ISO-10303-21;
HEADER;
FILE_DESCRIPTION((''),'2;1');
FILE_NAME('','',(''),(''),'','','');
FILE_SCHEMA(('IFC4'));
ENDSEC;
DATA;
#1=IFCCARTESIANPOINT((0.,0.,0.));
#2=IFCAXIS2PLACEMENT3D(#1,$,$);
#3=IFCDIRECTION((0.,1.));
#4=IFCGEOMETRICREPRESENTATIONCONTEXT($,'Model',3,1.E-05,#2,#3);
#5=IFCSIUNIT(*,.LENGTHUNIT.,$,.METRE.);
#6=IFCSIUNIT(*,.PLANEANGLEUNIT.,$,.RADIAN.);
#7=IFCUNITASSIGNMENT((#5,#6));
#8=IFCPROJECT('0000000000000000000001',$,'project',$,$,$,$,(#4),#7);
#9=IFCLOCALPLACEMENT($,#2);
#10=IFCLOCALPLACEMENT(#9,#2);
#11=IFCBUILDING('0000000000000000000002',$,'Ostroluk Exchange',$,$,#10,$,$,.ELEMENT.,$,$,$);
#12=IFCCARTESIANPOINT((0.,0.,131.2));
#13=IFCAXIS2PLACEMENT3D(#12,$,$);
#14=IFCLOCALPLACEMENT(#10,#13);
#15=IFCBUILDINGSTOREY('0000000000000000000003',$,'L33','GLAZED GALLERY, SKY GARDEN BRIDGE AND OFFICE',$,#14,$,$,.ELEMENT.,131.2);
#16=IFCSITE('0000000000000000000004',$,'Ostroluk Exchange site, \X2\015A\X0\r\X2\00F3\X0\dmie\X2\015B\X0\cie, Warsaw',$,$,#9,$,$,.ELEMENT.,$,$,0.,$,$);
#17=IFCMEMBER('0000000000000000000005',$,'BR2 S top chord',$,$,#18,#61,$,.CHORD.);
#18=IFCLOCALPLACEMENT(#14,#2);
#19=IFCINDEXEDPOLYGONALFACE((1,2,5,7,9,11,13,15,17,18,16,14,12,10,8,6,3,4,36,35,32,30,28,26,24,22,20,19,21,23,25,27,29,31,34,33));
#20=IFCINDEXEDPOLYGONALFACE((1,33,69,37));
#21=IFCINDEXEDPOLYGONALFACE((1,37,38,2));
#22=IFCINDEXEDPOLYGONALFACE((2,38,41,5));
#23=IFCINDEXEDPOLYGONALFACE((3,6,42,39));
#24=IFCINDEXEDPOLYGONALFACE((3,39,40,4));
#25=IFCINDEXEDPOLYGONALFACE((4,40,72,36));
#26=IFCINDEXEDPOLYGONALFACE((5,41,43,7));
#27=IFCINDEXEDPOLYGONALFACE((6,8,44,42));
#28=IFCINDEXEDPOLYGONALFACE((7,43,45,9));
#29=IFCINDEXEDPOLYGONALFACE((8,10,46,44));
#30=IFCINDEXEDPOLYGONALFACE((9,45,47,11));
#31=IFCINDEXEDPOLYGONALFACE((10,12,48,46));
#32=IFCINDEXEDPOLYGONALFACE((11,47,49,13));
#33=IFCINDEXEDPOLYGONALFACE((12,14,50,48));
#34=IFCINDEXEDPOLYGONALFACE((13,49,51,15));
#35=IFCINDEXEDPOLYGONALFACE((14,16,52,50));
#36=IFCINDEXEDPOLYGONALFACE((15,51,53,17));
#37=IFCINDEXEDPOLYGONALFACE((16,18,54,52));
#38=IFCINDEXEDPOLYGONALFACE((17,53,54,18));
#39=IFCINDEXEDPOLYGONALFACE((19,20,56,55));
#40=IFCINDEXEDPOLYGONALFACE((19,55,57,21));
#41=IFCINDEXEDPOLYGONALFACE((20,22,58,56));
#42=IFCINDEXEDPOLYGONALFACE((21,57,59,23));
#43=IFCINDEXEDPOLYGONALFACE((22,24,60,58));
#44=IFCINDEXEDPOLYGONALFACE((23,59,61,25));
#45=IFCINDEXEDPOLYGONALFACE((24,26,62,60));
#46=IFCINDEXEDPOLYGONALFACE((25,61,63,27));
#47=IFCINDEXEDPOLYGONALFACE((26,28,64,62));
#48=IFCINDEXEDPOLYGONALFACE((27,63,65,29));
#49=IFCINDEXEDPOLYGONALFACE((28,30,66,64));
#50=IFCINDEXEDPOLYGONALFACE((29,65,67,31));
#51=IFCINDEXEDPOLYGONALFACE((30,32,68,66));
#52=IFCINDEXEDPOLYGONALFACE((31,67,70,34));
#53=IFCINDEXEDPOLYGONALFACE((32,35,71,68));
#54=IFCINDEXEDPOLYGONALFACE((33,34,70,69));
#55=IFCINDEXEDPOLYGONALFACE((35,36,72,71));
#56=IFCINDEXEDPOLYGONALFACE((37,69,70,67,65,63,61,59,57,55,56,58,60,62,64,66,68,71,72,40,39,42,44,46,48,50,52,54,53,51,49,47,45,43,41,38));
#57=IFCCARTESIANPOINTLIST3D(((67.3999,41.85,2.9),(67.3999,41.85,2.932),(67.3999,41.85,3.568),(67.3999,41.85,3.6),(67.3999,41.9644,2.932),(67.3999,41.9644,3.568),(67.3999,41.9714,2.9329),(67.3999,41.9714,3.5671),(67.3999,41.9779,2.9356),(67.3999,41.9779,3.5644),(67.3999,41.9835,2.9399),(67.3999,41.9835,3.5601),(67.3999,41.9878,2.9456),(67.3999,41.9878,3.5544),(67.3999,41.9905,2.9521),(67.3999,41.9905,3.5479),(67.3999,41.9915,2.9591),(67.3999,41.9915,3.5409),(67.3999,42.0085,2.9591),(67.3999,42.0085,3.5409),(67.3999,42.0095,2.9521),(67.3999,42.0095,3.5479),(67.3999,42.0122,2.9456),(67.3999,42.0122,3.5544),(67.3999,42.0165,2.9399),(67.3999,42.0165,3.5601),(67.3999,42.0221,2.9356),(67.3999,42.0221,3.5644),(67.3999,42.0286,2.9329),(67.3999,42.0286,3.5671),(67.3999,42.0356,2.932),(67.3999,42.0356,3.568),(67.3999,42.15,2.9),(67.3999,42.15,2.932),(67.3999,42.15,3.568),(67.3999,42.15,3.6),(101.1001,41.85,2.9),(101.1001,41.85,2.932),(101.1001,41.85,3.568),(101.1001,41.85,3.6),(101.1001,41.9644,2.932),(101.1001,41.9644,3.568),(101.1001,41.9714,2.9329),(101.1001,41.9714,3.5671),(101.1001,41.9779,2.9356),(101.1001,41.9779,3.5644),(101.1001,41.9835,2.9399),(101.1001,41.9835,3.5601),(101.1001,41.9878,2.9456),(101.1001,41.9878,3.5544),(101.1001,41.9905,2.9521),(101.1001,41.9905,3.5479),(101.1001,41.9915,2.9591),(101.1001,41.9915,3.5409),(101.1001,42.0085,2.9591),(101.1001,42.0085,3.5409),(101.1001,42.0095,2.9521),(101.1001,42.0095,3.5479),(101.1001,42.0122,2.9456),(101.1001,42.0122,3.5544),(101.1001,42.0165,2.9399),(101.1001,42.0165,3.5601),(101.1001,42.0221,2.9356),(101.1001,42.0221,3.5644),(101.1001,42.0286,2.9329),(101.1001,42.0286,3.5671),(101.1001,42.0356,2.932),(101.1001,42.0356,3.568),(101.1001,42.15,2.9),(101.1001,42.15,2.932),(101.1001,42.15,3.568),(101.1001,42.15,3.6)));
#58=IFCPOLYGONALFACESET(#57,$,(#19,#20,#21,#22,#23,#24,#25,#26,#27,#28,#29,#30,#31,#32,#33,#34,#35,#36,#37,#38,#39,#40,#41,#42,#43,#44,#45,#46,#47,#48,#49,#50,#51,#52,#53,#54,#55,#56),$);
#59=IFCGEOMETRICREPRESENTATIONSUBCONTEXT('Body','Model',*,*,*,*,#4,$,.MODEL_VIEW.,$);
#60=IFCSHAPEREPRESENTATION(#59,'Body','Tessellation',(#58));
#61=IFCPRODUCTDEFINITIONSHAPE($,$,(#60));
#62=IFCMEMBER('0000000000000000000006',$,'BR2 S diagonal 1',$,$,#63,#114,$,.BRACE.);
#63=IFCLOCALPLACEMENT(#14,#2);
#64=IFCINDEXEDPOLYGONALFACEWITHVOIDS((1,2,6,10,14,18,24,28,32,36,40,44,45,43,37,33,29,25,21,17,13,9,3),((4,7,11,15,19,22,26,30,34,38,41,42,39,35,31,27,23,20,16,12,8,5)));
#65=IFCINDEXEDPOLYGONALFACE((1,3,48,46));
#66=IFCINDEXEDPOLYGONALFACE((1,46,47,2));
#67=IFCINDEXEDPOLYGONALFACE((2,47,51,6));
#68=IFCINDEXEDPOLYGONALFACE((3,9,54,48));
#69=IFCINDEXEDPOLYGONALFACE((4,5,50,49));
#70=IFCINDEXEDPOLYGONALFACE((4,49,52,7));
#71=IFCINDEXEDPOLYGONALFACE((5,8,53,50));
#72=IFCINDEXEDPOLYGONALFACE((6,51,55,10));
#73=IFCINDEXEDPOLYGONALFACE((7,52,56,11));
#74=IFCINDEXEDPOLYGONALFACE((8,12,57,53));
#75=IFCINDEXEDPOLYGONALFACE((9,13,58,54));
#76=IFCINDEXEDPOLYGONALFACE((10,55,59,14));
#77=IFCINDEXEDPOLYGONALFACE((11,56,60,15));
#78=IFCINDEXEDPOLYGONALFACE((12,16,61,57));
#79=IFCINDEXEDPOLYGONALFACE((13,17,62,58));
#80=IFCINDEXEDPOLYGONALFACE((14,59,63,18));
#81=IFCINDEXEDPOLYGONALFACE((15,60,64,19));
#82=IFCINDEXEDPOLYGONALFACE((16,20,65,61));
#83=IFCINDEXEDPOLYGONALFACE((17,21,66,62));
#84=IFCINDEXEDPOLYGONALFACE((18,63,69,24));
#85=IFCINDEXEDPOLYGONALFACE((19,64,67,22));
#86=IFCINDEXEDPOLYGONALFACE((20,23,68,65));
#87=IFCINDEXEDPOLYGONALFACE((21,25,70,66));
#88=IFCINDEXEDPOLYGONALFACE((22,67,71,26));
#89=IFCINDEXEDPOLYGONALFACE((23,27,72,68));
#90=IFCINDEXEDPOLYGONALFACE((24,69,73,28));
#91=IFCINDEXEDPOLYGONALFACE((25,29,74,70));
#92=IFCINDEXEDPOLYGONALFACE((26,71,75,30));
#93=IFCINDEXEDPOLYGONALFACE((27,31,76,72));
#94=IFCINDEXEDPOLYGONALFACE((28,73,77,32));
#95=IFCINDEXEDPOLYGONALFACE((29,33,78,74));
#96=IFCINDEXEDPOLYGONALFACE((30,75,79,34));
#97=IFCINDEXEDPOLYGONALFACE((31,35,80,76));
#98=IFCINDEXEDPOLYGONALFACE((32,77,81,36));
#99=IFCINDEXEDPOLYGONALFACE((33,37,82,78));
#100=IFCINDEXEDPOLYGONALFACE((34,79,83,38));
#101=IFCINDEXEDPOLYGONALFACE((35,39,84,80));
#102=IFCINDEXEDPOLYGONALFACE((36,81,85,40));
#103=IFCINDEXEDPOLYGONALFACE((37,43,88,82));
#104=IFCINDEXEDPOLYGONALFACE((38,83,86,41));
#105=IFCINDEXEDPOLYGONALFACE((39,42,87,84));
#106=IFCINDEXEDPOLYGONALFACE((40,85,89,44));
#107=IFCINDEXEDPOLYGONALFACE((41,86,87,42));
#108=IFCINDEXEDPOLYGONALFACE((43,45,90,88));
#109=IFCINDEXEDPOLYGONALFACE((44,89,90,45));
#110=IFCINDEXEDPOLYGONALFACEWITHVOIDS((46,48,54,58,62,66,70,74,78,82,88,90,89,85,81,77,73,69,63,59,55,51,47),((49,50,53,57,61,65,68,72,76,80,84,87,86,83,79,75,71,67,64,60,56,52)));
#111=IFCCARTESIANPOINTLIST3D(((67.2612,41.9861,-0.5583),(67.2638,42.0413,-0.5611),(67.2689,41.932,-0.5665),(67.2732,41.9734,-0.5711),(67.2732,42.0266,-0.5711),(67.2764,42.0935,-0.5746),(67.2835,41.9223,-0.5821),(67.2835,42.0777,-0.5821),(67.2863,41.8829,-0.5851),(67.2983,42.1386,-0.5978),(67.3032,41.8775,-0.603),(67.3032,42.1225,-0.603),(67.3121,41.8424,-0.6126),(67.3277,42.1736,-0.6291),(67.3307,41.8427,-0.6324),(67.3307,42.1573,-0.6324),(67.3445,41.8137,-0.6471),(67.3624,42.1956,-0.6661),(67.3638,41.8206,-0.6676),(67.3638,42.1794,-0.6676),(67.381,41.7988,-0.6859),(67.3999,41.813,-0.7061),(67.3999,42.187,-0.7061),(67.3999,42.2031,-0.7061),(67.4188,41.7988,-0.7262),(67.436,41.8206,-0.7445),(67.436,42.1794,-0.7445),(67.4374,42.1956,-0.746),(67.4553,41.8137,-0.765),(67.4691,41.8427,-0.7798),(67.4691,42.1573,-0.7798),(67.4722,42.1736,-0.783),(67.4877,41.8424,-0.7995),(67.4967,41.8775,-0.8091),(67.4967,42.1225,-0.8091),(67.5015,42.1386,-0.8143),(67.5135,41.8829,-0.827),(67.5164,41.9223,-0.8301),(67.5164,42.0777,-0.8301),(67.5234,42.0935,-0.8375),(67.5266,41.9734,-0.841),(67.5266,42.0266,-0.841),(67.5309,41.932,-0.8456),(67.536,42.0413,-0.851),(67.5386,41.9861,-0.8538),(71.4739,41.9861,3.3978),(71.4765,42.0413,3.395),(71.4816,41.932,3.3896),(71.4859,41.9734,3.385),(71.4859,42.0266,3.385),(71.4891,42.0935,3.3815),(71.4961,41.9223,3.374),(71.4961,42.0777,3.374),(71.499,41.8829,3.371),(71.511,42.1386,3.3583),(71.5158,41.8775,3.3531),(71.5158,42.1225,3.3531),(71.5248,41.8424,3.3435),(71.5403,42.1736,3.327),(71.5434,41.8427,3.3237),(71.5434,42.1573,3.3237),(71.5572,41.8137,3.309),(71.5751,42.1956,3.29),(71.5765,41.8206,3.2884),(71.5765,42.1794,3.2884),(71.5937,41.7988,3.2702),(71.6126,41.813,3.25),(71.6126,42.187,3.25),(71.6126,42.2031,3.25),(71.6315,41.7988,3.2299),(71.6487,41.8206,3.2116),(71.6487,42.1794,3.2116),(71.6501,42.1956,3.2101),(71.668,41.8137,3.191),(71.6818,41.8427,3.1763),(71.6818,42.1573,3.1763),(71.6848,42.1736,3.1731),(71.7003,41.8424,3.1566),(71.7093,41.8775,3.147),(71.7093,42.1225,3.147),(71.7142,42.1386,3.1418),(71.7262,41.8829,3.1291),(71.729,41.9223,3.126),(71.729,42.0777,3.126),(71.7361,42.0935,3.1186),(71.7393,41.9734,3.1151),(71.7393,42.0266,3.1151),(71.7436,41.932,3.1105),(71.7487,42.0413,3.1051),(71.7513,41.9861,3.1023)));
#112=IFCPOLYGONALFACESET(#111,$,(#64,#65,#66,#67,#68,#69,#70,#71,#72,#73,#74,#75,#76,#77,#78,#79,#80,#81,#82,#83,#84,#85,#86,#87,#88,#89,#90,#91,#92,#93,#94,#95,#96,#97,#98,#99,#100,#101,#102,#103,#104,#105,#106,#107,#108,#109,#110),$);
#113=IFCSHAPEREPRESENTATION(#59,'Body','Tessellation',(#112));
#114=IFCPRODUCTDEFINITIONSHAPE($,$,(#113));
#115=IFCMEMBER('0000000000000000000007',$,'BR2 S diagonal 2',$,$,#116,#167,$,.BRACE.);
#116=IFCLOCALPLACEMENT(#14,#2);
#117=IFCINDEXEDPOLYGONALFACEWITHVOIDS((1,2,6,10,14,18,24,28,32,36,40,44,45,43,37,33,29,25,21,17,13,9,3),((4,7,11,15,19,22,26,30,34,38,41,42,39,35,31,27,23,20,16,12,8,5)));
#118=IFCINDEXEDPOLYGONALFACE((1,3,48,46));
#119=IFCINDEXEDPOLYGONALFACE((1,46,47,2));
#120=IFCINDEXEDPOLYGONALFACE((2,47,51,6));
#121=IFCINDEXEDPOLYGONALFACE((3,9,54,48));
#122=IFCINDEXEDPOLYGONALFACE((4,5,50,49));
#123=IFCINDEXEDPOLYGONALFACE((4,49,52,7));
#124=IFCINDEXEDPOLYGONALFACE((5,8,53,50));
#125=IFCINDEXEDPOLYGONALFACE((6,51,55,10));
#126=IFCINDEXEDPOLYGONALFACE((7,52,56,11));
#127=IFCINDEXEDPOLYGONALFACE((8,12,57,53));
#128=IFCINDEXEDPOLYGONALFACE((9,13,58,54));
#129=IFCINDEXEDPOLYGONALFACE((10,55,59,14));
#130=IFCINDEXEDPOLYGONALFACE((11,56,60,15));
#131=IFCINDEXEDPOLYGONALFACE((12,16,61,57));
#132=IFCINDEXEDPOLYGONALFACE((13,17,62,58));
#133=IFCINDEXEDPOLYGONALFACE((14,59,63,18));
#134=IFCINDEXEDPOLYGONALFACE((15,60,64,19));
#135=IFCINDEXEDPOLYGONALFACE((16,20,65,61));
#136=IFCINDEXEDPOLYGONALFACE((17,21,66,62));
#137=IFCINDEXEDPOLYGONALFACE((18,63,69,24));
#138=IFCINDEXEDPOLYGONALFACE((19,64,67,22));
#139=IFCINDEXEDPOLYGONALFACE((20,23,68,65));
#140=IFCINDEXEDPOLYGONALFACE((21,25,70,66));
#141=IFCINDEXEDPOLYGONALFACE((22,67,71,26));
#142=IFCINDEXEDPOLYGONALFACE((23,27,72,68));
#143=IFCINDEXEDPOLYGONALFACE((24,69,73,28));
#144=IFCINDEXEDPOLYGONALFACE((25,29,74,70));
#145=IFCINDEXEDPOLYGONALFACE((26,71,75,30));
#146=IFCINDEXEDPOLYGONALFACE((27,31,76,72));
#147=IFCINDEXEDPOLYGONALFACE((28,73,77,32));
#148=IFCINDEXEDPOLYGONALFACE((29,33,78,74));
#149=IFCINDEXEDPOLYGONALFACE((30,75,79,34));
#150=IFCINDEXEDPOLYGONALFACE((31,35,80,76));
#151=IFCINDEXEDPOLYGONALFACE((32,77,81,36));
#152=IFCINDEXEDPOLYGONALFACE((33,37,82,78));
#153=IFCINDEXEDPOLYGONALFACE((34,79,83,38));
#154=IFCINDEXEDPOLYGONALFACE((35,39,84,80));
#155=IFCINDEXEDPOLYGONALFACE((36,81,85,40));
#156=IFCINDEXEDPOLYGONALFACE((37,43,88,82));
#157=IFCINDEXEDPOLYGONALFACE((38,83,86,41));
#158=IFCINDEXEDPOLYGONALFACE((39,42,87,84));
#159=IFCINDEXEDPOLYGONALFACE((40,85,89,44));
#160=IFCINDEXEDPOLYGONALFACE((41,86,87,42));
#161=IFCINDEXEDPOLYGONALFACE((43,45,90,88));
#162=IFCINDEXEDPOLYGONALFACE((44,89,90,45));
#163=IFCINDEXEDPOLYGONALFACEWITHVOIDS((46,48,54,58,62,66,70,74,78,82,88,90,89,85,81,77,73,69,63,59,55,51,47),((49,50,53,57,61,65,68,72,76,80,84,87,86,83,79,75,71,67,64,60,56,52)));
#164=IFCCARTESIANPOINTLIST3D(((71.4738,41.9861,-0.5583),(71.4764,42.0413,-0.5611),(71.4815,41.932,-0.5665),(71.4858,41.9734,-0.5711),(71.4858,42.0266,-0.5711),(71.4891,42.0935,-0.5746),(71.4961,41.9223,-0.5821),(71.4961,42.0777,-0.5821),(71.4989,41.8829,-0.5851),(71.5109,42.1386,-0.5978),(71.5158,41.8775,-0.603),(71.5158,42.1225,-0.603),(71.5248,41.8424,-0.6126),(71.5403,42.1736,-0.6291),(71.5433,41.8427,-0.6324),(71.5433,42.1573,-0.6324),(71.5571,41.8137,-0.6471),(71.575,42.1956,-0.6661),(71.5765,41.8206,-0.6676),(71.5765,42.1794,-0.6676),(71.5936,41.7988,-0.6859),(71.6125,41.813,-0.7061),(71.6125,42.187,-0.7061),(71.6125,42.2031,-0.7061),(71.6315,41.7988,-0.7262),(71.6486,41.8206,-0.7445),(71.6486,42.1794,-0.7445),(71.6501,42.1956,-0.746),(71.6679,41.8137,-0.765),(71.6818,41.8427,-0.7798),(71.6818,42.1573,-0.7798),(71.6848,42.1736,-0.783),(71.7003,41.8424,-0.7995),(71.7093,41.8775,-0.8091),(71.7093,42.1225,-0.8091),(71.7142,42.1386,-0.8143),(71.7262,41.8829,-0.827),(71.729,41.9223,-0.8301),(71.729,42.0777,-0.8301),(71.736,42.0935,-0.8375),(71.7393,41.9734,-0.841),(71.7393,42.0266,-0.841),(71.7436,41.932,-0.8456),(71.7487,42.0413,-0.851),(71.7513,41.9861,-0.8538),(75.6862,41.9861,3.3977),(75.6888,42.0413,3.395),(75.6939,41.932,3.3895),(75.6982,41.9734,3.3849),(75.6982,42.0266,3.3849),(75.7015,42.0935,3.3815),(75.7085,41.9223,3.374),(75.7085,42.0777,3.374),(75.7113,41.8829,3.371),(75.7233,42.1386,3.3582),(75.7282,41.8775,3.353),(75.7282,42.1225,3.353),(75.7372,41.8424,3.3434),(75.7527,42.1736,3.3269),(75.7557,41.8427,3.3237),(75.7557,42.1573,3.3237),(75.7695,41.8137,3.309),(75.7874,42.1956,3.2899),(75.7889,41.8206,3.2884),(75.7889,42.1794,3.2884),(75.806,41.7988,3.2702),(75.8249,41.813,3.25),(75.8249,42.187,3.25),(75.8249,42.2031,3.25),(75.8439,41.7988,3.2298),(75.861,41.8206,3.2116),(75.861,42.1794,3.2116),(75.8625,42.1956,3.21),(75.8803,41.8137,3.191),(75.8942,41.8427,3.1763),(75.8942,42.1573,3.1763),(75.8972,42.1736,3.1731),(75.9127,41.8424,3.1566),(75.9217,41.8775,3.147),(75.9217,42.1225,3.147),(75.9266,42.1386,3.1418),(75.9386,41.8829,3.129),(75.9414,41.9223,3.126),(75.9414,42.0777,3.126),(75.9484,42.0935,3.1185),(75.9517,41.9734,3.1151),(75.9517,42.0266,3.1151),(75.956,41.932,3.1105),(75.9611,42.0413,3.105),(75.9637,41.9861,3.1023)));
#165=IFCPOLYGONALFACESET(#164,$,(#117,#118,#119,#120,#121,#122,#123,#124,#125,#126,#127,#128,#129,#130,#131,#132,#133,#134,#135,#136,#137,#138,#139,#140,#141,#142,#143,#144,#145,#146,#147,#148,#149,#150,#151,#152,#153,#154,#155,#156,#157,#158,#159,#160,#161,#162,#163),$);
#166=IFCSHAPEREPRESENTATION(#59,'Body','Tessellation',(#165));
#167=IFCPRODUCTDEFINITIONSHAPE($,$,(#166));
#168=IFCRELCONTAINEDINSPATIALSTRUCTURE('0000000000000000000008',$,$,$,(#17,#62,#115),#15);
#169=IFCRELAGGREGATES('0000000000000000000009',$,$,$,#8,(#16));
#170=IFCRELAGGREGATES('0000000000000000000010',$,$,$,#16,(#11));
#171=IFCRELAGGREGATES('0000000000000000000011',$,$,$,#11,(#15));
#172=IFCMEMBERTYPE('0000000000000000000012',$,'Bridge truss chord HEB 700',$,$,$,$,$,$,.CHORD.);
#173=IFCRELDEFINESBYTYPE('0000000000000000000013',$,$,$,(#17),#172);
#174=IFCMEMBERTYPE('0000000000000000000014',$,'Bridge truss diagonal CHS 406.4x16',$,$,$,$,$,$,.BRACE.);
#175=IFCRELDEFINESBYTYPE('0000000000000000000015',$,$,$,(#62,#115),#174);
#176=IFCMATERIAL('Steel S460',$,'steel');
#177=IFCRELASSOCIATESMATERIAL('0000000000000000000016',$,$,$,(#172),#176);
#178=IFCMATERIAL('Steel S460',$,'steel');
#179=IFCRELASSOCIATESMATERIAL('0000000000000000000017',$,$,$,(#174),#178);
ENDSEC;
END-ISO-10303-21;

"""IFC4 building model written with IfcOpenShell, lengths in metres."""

from ifc_helpers import new_model, si_unit, direction, frame, origin, origin_2d, place, context, subcontext, project, spatial, hollow_circle, i_section, extrude, material, material_profile, profile_set, type_object, element, save


model = new_model("IFC4")

# Units and contexts
model_context = context("Model", 3, precision=1e-05, world=origin(), true_north=direction((0.0, 1.0)))
body_context = subcontext(model_context, "Body", "Model", "MODEL_VIEW")
ifc_project = project(units=[si_unit("LENGTHUNIT", "METRE"), si_unit("PLANEANGLEUNIT", "RADIAN")], contexts=[model_context])

# Site, building, storey
site_placement = place(None, origin())
site = spatial("IfcSite", under=ifc_project, at=site_placement, Name="Ostroluk Exchange site, Śródmieście, Warsaw", CompositionType="ELEMENT", RefElevation=0.0)
building_placement = place(site_placement, origin())
building = spatial("IfcBuilding", under=site, at=building_placement, Name="Ostroluk Exchange", CompositionType="ELEMENT")
storey_placement = place(building_placement, frame((0.0, 0.0, 131.2)))
storey = spatial("IfcBuildingStorey", under=building, at=storey_placement, Name="L33", Description="GLAZED GALLERY, SKY GARDEN BRIDGE AND OFFICE", CompositionType="ELEMENT", Elevation=131.2)

# Members
ifc_material_1 = material(Name="Steel S460", Category="steel")
ifc_material_profile_1 = material_profile(ifc_material_1, i_section(OverallWidth=0.3, OverallDepth=0.7, WebThickness=0.0171, FlangeThickness=0.032, FilletRadius=0.0271, at=origin_2d()), Name="HEB 700")
ifc_profile_set_1 = profile_set([ifc_material_profile_1], Name="Steel S460")
member_type_1 = type_object("IfcMemberType", Name="Bridge truss chord HEB 700", PredefinedType="CHORD", material=ifc_profile_set_1)
member_1_placement = place(storey_placement, frame((67.3999, 42.0, 3.25), z_axis=(1.0, 0.0, 0.0), x_axis=(0.0, 1.0, 0.0)))
element("IfcMember", 1, at=member_1_placement, inside=storey, type_object=member_type_1, Name="BR2 S top chord", PredefinedType="CHORD", context=body_context, shape_type="SweptSolid", body=[
    extrude(i_section(OverallWidth=0.3, OverallDepth=0.7, WebThickness=0.0171, FlangeThickness=0.032, FilletRadius=0.0271, at=origin_2d()), origin(), (0.0, 0.0, 1.0), 33.7002),
])
ifc_material_2 = material(Name="Steel S460", Category="steel")
ifc_material_profile_2 = material_profile(ifc_material_2, hollow_circle(Radius=0.2031, WallThickness=0.0161, at=origin_2d()), Name="CHS 406.4x16")
ifc_profile_set_2 = profile_set([ifc_material_profile_2], Name="Steel S460")
member_type_2 = type_object("IfcMemberType", Name="Bridge truss diagonal CHS 406.4x16", PredefinedType="BRACE", material=ifc_profile_set_2)
member_2_placement = place(storey_placement, frame((67.3999, 42.0, -0.7061), z_axis=(0.728959, 0.0, 0.684558), x_axis=(0.0, 1.0, 0.0)))
element("IfcMember", 2, at=member_2_placement, inside=storey, type_object=member_type_2, Name="BR2 S diagonal 1", PredefinedType="BRACE", context=body_context, shape_type="SweptSolid", body=[
    extrude(hollow_circle(Radius=0.2031, WallThickness=0.0161, at=origin_2d()), origin(), (0.0, 0.0, 1.0), 5.7791),
])
member_3_placement = place(storey_placement, frame((71.6125, 42.0, -0.7061), z_axis=(0.728939, 0.0, 0.684579), x_axis=(0.0, 1.0, 0.0)))
element("IfcMember", 3, at=member_3_placement, inside=storey, type_object=member_type_2, Name="BR2 S diagonal 2", PredefinedType="BRACE", context=body_context, shape_type="SweptSolid", body=[
    extrude(hollow_circle(Radius=0.2031, WallThickness=0.0161, at=origin_2d()), origin(), (0.0, 0.0, 1.0), 5.7788),
])

save(model, "model.ifc")
